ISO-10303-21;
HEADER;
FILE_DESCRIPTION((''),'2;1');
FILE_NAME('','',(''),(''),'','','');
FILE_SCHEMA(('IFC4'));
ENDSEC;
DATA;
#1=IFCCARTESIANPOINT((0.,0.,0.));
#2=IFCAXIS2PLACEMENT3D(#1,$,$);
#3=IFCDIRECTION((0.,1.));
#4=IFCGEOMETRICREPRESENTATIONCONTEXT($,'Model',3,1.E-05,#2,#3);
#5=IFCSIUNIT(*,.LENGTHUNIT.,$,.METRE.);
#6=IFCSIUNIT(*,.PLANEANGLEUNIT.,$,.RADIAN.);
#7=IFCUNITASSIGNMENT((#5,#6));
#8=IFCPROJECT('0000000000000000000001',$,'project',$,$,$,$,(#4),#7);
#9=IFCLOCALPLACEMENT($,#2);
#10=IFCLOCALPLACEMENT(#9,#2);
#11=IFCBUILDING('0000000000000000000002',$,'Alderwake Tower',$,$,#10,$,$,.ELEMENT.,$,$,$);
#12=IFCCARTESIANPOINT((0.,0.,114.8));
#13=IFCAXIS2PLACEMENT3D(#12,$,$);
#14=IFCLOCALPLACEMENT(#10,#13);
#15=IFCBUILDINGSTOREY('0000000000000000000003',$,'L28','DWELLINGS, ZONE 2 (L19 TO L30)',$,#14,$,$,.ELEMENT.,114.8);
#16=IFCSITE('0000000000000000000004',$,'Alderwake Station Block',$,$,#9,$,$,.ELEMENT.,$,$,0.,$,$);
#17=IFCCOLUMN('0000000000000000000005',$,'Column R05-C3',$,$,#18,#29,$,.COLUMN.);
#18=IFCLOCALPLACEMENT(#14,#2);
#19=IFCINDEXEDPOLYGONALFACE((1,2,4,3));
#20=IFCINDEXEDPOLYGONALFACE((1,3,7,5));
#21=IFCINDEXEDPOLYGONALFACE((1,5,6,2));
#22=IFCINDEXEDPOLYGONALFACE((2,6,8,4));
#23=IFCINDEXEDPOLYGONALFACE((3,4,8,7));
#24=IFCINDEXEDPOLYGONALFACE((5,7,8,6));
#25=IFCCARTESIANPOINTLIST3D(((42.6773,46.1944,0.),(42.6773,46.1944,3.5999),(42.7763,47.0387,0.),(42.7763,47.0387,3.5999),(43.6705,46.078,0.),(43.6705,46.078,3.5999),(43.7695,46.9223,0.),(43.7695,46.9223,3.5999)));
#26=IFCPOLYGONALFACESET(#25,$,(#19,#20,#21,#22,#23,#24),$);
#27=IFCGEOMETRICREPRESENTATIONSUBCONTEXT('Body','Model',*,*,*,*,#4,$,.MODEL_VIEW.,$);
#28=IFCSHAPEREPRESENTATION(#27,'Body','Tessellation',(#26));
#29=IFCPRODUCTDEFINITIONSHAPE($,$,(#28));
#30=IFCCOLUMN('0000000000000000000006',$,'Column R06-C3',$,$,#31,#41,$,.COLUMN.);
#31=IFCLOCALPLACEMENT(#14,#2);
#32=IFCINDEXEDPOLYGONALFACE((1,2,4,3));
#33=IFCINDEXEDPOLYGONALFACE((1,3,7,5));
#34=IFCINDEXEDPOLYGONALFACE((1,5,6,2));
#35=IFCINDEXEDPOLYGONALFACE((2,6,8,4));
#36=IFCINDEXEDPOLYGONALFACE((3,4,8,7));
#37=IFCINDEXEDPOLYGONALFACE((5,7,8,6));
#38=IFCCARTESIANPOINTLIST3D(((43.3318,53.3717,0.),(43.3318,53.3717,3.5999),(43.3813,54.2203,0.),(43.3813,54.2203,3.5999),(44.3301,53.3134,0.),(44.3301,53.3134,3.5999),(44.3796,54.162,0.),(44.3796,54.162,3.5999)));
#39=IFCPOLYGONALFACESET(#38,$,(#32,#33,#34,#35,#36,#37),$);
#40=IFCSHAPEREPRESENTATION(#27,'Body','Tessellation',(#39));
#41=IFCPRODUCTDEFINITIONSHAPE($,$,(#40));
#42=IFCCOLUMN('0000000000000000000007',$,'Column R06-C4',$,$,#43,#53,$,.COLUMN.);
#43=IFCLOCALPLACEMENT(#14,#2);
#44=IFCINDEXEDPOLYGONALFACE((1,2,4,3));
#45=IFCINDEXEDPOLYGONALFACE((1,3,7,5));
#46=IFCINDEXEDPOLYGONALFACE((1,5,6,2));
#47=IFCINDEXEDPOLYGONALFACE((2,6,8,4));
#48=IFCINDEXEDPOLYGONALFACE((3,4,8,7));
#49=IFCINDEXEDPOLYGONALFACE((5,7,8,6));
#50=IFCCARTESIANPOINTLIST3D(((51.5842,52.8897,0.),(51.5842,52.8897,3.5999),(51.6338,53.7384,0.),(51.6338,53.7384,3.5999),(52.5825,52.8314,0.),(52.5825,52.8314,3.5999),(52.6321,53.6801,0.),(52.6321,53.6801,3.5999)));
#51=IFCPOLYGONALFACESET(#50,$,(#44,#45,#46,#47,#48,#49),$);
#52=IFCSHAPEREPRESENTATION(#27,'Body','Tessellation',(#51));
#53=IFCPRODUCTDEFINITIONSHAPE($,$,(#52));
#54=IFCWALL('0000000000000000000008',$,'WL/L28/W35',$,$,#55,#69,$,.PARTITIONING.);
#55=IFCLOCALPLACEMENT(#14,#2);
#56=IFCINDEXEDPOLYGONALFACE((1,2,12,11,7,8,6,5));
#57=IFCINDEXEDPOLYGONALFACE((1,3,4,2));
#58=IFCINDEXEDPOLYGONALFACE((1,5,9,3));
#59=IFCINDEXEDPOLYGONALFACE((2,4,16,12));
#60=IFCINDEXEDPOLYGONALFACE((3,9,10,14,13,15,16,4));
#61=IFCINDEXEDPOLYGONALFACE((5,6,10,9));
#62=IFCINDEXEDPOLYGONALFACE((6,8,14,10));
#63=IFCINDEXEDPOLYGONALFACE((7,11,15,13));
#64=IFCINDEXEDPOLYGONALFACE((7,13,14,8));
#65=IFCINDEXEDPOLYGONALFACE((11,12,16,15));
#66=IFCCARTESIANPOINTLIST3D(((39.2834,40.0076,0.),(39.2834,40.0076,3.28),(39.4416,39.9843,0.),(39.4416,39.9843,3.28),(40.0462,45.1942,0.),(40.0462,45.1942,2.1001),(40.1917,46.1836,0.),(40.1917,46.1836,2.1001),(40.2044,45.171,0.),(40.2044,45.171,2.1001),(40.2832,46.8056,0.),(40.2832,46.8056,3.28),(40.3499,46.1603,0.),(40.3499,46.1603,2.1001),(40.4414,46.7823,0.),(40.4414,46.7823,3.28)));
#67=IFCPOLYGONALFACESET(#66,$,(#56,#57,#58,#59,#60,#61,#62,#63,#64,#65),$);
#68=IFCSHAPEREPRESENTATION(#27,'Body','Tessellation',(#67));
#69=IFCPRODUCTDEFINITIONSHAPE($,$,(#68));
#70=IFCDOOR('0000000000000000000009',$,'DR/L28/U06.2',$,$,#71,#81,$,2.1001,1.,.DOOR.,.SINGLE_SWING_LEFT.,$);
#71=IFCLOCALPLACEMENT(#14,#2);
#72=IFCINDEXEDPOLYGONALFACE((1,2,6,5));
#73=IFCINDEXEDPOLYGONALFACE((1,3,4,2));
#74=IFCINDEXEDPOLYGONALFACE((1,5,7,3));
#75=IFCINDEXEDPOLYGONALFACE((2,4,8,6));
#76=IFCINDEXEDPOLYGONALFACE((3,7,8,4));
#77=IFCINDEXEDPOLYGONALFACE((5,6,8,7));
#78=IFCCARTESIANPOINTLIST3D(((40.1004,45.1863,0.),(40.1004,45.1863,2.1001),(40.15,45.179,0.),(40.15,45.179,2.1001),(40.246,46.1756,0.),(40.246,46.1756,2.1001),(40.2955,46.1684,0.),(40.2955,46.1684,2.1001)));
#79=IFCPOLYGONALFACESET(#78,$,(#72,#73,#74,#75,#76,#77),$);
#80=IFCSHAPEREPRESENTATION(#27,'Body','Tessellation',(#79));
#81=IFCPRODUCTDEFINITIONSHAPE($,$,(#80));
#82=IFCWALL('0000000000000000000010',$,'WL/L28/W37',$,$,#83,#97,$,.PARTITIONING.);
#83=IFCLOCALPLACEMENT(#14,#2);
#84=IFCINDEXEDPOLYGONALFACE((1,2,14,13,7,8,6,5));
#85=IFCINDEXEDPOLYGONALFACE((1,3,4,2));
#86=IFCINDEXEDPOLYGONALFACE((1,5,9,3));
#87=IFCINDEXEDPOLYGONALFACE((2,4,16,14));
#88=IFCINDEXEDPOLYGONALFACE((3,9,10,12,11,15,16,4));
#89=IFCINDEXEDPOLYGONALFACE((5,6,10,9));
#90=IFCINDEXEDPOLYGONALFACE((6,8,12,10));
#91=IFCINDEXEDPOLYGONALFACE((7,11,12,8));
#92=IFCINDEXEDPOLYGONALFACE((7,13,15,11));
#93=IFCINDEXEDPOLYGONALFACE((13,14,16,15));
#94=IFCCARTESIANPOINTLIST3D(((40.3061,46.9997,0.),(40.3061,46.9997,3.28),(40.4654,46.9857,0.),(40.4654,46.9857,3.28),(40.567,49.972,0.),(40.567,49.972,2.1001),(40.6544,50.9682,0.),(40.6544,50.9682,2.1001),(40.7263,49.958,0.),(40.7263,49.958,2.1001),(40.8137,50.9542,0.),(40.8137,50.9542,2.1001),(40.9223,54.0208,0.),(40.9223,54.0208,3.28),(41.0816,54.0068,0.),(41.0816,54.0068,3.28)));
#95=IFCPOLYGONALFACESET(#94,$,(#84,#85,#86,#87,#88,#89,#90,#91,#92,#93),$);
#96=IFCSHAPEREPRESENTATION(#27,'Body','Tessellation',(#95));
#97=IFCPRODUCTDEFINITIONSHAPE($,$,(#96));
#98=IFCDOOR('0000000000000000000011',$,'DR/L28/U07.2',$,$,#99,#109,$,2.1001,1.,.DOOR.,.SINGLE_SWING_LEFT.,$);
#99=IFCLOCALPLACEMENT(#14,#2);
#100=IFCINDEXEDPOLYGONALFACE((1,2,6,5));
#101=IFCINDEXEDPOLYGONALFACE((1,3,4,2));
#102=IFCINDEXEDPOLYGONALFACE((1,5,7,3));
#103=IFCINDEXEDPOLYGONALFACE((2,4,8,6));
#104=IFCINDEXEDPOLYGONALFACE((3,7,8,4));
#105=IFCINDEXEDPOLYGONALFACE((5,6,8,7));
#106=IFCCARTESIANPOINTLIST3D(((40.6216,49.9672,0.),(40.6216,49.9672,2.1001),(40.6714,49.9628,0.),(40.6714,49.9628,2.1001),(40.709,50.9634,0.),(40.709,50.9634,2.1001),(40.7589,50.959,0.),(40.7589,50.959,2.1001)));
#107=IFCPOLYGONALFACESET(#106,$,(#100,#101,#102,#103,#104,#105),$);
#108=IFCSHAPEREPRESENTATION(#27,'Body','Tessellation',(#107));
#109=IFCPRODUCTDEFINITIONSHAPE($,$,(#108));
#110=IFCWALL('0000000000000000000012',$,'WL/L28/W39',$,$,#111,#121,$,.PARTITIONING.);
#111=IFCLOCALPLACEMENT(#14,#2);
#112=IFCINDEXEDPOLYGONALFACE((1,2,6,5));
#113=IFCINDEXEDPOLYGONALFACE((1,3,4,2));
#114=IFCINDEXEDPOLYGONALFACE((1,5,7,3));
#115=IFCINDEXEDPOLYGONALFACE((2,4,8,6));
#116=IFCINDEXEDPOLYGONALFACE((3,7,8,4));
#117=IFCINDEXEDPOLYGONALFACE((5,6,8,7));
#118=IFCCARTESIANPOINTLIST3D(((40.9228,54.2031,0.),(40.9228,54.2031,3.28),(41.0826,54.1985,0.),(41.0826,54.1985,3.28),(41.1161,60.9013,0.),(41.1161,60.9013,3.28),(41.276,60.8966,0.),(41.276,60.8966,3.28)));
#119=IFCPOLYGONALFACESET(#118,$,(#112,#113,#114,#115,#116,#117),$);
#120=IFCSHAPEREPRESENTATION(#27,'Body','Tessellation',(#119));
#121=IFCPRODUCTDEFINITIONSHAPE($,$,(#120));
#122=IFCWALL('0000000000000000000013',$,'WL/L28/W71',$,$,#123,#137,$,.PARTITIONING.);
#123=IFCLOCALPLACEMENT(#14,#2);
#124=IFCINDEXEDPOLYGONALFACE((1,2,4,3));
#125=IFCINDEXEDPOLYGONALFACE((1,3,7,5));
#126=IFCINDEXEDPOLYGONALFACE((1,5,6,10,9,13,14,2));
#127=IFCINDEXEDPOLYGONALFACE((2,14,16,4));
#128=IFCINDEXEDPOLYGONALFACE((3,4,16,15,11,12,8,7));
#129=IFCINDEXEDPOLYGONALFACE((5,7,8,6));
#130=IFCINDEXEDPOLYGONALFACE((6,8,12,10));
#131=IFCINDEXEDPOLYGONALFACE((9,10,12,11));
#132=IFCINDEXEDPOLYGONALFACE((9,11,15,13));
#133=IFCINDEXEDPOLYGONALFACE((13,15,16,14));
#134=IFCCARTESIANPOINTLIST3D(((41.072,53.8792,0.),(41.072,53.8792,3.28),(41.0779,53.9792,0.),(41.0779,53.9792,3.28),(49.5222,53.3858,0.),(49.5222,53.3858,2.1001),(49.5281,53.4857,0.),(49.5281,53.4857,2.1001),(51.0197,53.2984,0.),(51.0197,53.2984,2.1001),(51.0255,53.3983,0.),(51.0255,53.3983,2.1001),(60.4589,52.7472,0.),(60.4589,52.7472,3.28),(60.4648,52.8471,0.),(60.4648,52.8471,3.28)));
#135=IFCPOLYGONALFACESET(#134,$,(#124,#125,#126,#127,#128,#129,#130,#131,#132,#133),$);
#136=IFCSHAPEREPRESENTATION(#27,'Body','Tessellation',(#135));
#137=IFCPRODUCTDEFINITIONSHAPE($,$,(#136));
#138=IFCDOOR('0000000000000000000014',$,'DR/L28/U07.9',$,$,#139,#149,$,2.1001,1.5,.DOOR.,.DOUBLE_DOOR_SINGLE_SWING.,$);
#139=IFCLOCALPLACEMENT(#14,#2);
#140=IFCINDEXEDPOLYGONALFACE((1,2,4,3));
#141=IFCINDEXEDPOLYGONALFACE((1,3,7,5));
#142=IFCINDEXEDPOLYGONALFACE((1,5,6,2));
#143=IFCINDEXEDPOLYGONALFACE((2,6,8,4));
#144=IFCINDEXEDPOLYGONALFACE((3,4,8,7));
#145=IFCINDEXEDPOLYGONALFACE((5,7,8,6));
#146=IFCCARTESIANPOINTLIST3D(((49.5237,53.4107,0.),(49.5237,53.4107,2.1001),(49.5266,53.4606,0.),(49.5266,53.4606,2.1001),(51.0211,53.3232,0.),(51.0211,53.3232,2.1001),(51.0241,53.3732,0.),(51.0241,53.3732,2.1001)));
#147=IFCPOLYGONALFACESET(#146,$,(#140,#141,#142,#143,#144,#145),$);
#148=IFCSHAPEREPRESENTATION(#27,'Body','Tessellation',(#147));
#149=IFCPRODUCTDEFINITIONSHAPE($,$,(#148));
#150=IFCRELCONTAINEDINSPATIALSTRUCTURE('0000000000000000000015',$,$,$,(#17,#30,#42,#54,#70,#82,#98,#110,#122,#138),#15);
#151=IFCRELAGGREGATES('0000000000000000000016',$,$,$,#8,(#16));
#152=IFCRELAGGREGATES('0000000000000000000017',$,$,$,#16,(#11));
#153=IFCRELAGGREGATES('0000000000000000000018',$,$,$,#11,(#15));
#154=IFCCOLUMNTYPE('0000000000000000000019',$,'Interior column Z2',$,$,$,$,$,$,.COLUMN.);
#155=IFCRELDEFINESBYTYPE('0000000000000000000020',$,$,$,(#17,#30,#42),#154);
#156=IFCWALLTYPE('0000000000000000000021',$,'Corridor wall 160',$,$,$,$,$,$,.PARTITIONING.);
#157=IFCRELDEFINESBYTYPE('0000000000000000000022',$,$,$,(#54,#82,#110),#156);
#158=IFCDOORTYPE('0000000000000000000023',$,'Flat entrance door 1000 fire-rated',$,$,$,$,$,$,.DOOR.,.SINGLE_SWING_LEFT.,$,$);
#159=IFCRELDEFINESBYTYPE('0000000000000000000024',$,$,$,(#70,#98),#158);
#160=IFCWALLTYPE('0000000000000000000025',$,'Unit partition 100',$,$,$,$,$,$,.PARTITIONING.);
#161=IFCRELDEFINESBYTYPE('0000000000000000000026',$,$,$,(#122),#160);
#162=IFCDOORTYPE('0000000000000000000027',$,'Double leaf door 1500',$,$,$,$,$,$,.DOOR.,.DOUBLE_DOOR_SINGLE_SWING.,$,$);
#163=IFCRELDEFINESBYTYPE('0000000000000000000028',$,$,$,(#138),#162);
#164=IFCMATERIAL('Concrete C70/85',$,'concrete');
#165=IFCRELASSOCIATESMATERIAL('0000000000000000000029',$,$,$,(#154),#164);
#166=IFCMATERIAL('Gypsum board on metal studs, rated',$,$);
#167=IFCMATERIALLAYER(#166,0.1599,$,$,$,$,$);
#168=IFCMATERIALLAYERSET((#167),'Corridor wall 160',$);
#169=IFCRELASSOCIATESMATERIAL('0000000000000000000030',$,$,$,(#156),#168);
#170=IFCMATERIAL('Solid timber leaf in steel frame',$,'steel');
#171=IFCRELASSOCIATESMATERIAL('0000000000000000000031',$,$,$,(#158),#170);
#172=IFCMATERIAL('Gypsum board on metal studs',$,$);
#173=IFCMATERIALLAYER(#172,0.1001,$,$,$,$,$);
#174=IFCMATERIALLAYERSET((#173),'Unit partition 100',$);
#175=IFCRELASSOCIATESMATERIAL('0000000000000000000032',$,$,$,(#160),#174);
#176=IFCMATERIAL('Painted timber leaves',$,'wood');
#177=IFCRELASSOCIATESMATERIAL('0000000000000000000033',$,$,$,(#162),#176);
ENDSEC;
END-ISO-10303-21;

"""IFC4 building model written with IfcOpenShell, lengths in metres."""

from ifc_helpers import new_model, si_unit, direction, frame, frame_2d, origin, origin_2d, place, context, subcontext, project, spatial, rectangle, extrude, material, layer, layer_set, material_profile, profile_set, type_object, element, fill, save


model = new_model("IFC4")

# Units and contexts
model_context = context("Model", 3, precision=1e-05, world=origin(), true_north=direction((0.0, 1.0)))
body_context = subcontext(model_context, "Body", "Model", "MODEL_VIEW")
ifc_project = project(units=[si_unit("LENGTHUNIT", "METRE"), si_unit("PLANEANGLEUNIT", "RADIAN")], contexts=[model_context])

# Site, building, storey
site_placement = place(None, origin())
site = spatial("IfcSite", under=ifc_project, at=site_placement, Name="Alderwake Station Block", CompositionType="ELEMENT", RefElevation=0.0)
building_placement = place(site_placement, origin())
building = spatial("IfcBuilding", under=site, at=building_placement, Name="Alderwake Tower", CompositionType="ELEMENT")
storey_placement = place(building_placement, frame((0.0, 0.0, 114.8)))
storey = spatial("IfcBuildingStorey", under=building, at=storey_placement, Name="L28", Description="DWELLINGS, ZONE 2 (L19 TO L30)", CompositionType="ELEMENT", Elevation=114.8)

# Columns
ifc_material_1 = material(Name="Concrete C70/85", Category="concrete")
ifc_material_profile = material_profile(ifc_material_1, rectangle(XDim=0.8501, YDim=1.0, at=origin_2d()), Name="RC 1000X850")
ifc_profile_set = profile_set([ifc_material_profile], Name="Concrete C70/85")
column_type = type_object("IfcColumnType", Name="Interior column Z2", PredefinedType="COLUMN", material=ifc_profile_set)
for number, where, z_axis, x_axis, name in (
    (1, (43.2234, 46.5583, 0.0), (0.0, 0.0, 1.0), (0.116402, 0.993202, 0.0), "Column R05-C3"),
    (2, (43.8557, 53.7668, 0.0), (0.0, 0.0, 1.0), (0.058299, 0.998299, 0.0), "Column R06-C3"),
    (3, (52.1082, 53.2849, 0.0), (0.0, 0.0, 1.0), (0.058301, 0.998299, 0.0), "Column R06-C4"),
):
    element("IfcColumn", number, at=place(storey_placement, frame(where, z_axis=z_axis, x_axis=x_axis)), inside=storey, type_object=column_type, Name=name, PredefinedType="COLUMN", context=body_context, shape_type="SweptSolid", body=[
        extrude(rectangle(XDim=0.8501, YDim=1.0, at=origin_2d()), origin(), (0.0, 0.0, 1.0), 3.5999),
    ])

# Walls, openings, doors
ifc_material_2 = material(Name="Gypsum board on metal studs, rated")
ifc_layer_1 = layer(ifc_material_2, 0.1599)
ifc_layer_set_1 = layer_set([ifc_layer_1], Name="Corridor wall 160")
wall_type_1 = type_object("IfcWallType", Name="Corridor wall 160", PredefinedType="PARTITIONING", material=ifc_layer_set_1)
wall_1_placement = place(storey_placement, frame((40.3623, 46.7939, 0.0), z_axis=(0.0, 0.0, 1.0), x_axis=(-0.145504, -0.989358, 0.0)))
wall_1 = element("IfcWall", 4, at=wall_1_placement, inside=storey, type_object=wall_type_1, Name="WL/L28/W35", PredefinedType="PARTITIONING", context=body_context, shape_type="SweptSolid", body=[
    extrude(rectangle(XDim=6.8711, YDim=0.1599, at=frame_2d((3.4355, 0.0))), origin(), (0.0, 0.0, 1.0), 3.28),
])
opening_1_placement = place(wall_1_placement, frame((0.6287, 0.0, 0.0)))
opening_1 = element("IfcOpeningElement", 5, at=opening_1_placement, cuts=wall_1, PredefinedType="OPENING", context=body_context, shape_type="SweptSolid", body=[
    extrude(rectangle(XDim=1.0, YDim=2.1001, at=frame_2d((0.5, 1.05))), frame((0.0, 0.0898, 0.0), z_axis=(0.0, -1.0, 0.0), x_axis=(1.0, 0.0, 0.0)), (0.0, 0.0, 1.0), 0.1799),
])
ifc_material_3 = material(Name="Solid timber leaf in steel frame", Category="steel")
door_type_1 = type_object("IfcDoorType", Name="Flat entrance door 1000 fire-rated", OperationType="SINGLE_SWING_LEFT", PredefinedType="DOOR", material=ifc_material_3)
door_1_placement = place(opening_1_placement, origin())
door_1 = element("IfcDoor", 6, at=door_1_placement, inside=storey, type_object=door_type_1, Name="DR/L28/U06.2", OperationType="SINGLE_SWING_LEFT", OverallHeight=2.1001, OverallWidth=1.0, PredefinedType="DOOR", context=body_context, shape_type="SweptSolid", body=[
    extrude(rectangle(XDim=1.0, YDim=2.1001, at=frame_2d((0.5, 1.05))), frame((0.0, 0.0249, 0.0), z_axis=(0.0, -1.0, 0.0), x_axis=(1.0, 0.0, 0.0)), (0.0, 0.0, 1.0), 0.05),
])
fill(opening_1, door_1)
wall_2_placement = place(storey_placement, frame((41.002, 54.0137, 0.0), z_axis=(0.0, 0.0, 1.0), x_axis=(-0.087431, -0.996171, 0.0)))
wall_2 = element("IfcWall", 7, at=wall_2_placement, inside=storey, type_object=wall_type_1, Name="WL/L28/W37", PredefinedType="PARTITIONING", context=body_context, shape_type="SweptSolid", body=[
    extrude(rectangle(XDim=7.0481, YDim=0.1599, at=frame_2d((3.5239, 0.0))), origin(), (0.0, 0.0, 1.0), 3.28),
])
opening_2_placement = place(wall_2_placement, frame((3.0642, 0.0, 0.0)))
opening_2 = element("IfcOpeningElement", 8, at=opening_2_placement, cuts=wall_2, PredefinedType="OPENING", context=body_context, shape_type="SweptSolid", body=[
    extrude(rectangle(XDim=1.0, YDim=2.1001, at=frame_2d((0.5, 1.05))), frame((0.0, 0.0898, 0.0), z_axis=(0.0, -1.0, 0.0), x_axis=(1.0, 0.0, 0.0)), (0.0, 0.0, 1.0), 0.1799),
])
door_2_placement = place(opening_2_placement, origin())
door_2 = element("IfcDoor", 9, at=door_2_placement, inside=storey, type_object=door_type_1, Name="DR/L28/U07.2", OperationType="SINGLE_SWING_LEFT", OverallHeight=2.1001, OverallWidth=1.0, PredefinedType="DOOR", context=body_context, shape_type="SweptSolid", body=[
    extrude(rectangle(XDim=1.0, YDim=2.1001, at=frame_2d((0.5, 1.05))), frame((0.0, 0.0249, 0.0), z_axis=(0.0, -1.0, 0.0), x_axis=(1.0, 0.0, 0.0)), (0.0, 0.0, 1.0), 0.05),
])
fill(opening_2, door_2)

# Wall
wall_3_placement = place(storey_placement, frame((41.0027, 54.2007, 0.0), z_axis=(0.0, 0.0, 1.0), x_axis=(0.028855, 0.999584, 0.0)))
element("IfcWall", 10, at=wall_3_placement, inside=storey, type_object=wall_type_1, Name="WL/L28/W39", PredefinedType="PARTITIONING", context=body_context, shape_type="SweptSolid", body=[
    extrude(rectangle(XDim=6.7009, YDim=0.1599, at=frame_2d((3.3506, 0.0))), origin(), (0.0, 0.0, 1.0), 3.28),
])

# Wall, opening, door
ifc_material_4 = material(Name="Gypsum board on metal studs")
ifc_layer_2 = layer(ifc_material_4, 0.1001)
ifc_layer_set_2 = layer_set([ifc_layer_2], Name="Unit partition 100")
wall_type_2 = type_object("IfcWallType", Name="Unit partition 100", PredefinedType="PARTITIONING", material=ifc_layer_set_2)
wall_4_placement = place(storey_placement, frame((41.075, 53.9292, 0.0), z_axis=(0.0, 0.0, 1.0), x_axis=(0.998299, -0.058295, 0.0)))
wall_4 = element("IfcWall", 11, at=wall_4_placement, inside=storey, type_object=wall_type_2, Name="WL/L28/W71", PredefinedType="PARTITIONING", context=body_context, shape_type="SweptSolid", body=[
    extrude(rectangle(XDim=19.4199, YDim=0.1001, at=frame_2d((9.71, 0.0))), origin(), (0.0, 0.0, 1.0), 3.28),
])
opening_3_placement = place(wall_4_placement, frame((8.4646, 0.0, 0.0)))
opening_3 = element("IfcOpeningElement", 12, at=opening_3_placement, cuts=wall_4, PredefinedType="OPENING", context=body_context, shape_type="SweptSolid", body=[
    extrude(rectangle(XDim=1.5, YDim=2.1001, at=frame_2d((0.75, 1.05))), frame((0.0, 0.0601, 0.0), z_axis=(0.0, -1.0, 0.0), x_axis=(1.0, 0.0, 0.0)), (0.0, 0.0, 1.0), 0.1201),
])
ifc_material_5 = material(Name="Painted timber leaves", Category="wood")
door_type_2 = type_object("IfcDoorType", Name="Double leaf door 1500", OperationType="DOUBLE_DOOR_SINGLE_SWING", PredefinedType="DOOR", material=ifc_material_5)
door_3_placement = place(opening_3_placement, origin())
door_3 = element("IfcDoor", 13, at=door_3_placement, inside=storey, type_object=door_type_2, Name="DR/L28/U07.9", OperationType="DOUBLE_DOOR_SINGLE_SWING", OverallHeight=2.1001, OverallWidth=1.5, PredefinedType="DOOR", context=body_context, shape_type="SweptSolid", body=[
    extrude(rectangle(XDim=1.5, YDim=2.1001, at=frame_2d((0.75, 1.05))), frame((0.0, 0.0249, 0.0), z_axis=(0.0, -1.0, 0.0), x_axis=(1.0, 0.0, 0.0)), (0.0, 0.0, 1.0), 0.05),
])
fill(opening_3, door_3)

save(model, "model.ifc")
